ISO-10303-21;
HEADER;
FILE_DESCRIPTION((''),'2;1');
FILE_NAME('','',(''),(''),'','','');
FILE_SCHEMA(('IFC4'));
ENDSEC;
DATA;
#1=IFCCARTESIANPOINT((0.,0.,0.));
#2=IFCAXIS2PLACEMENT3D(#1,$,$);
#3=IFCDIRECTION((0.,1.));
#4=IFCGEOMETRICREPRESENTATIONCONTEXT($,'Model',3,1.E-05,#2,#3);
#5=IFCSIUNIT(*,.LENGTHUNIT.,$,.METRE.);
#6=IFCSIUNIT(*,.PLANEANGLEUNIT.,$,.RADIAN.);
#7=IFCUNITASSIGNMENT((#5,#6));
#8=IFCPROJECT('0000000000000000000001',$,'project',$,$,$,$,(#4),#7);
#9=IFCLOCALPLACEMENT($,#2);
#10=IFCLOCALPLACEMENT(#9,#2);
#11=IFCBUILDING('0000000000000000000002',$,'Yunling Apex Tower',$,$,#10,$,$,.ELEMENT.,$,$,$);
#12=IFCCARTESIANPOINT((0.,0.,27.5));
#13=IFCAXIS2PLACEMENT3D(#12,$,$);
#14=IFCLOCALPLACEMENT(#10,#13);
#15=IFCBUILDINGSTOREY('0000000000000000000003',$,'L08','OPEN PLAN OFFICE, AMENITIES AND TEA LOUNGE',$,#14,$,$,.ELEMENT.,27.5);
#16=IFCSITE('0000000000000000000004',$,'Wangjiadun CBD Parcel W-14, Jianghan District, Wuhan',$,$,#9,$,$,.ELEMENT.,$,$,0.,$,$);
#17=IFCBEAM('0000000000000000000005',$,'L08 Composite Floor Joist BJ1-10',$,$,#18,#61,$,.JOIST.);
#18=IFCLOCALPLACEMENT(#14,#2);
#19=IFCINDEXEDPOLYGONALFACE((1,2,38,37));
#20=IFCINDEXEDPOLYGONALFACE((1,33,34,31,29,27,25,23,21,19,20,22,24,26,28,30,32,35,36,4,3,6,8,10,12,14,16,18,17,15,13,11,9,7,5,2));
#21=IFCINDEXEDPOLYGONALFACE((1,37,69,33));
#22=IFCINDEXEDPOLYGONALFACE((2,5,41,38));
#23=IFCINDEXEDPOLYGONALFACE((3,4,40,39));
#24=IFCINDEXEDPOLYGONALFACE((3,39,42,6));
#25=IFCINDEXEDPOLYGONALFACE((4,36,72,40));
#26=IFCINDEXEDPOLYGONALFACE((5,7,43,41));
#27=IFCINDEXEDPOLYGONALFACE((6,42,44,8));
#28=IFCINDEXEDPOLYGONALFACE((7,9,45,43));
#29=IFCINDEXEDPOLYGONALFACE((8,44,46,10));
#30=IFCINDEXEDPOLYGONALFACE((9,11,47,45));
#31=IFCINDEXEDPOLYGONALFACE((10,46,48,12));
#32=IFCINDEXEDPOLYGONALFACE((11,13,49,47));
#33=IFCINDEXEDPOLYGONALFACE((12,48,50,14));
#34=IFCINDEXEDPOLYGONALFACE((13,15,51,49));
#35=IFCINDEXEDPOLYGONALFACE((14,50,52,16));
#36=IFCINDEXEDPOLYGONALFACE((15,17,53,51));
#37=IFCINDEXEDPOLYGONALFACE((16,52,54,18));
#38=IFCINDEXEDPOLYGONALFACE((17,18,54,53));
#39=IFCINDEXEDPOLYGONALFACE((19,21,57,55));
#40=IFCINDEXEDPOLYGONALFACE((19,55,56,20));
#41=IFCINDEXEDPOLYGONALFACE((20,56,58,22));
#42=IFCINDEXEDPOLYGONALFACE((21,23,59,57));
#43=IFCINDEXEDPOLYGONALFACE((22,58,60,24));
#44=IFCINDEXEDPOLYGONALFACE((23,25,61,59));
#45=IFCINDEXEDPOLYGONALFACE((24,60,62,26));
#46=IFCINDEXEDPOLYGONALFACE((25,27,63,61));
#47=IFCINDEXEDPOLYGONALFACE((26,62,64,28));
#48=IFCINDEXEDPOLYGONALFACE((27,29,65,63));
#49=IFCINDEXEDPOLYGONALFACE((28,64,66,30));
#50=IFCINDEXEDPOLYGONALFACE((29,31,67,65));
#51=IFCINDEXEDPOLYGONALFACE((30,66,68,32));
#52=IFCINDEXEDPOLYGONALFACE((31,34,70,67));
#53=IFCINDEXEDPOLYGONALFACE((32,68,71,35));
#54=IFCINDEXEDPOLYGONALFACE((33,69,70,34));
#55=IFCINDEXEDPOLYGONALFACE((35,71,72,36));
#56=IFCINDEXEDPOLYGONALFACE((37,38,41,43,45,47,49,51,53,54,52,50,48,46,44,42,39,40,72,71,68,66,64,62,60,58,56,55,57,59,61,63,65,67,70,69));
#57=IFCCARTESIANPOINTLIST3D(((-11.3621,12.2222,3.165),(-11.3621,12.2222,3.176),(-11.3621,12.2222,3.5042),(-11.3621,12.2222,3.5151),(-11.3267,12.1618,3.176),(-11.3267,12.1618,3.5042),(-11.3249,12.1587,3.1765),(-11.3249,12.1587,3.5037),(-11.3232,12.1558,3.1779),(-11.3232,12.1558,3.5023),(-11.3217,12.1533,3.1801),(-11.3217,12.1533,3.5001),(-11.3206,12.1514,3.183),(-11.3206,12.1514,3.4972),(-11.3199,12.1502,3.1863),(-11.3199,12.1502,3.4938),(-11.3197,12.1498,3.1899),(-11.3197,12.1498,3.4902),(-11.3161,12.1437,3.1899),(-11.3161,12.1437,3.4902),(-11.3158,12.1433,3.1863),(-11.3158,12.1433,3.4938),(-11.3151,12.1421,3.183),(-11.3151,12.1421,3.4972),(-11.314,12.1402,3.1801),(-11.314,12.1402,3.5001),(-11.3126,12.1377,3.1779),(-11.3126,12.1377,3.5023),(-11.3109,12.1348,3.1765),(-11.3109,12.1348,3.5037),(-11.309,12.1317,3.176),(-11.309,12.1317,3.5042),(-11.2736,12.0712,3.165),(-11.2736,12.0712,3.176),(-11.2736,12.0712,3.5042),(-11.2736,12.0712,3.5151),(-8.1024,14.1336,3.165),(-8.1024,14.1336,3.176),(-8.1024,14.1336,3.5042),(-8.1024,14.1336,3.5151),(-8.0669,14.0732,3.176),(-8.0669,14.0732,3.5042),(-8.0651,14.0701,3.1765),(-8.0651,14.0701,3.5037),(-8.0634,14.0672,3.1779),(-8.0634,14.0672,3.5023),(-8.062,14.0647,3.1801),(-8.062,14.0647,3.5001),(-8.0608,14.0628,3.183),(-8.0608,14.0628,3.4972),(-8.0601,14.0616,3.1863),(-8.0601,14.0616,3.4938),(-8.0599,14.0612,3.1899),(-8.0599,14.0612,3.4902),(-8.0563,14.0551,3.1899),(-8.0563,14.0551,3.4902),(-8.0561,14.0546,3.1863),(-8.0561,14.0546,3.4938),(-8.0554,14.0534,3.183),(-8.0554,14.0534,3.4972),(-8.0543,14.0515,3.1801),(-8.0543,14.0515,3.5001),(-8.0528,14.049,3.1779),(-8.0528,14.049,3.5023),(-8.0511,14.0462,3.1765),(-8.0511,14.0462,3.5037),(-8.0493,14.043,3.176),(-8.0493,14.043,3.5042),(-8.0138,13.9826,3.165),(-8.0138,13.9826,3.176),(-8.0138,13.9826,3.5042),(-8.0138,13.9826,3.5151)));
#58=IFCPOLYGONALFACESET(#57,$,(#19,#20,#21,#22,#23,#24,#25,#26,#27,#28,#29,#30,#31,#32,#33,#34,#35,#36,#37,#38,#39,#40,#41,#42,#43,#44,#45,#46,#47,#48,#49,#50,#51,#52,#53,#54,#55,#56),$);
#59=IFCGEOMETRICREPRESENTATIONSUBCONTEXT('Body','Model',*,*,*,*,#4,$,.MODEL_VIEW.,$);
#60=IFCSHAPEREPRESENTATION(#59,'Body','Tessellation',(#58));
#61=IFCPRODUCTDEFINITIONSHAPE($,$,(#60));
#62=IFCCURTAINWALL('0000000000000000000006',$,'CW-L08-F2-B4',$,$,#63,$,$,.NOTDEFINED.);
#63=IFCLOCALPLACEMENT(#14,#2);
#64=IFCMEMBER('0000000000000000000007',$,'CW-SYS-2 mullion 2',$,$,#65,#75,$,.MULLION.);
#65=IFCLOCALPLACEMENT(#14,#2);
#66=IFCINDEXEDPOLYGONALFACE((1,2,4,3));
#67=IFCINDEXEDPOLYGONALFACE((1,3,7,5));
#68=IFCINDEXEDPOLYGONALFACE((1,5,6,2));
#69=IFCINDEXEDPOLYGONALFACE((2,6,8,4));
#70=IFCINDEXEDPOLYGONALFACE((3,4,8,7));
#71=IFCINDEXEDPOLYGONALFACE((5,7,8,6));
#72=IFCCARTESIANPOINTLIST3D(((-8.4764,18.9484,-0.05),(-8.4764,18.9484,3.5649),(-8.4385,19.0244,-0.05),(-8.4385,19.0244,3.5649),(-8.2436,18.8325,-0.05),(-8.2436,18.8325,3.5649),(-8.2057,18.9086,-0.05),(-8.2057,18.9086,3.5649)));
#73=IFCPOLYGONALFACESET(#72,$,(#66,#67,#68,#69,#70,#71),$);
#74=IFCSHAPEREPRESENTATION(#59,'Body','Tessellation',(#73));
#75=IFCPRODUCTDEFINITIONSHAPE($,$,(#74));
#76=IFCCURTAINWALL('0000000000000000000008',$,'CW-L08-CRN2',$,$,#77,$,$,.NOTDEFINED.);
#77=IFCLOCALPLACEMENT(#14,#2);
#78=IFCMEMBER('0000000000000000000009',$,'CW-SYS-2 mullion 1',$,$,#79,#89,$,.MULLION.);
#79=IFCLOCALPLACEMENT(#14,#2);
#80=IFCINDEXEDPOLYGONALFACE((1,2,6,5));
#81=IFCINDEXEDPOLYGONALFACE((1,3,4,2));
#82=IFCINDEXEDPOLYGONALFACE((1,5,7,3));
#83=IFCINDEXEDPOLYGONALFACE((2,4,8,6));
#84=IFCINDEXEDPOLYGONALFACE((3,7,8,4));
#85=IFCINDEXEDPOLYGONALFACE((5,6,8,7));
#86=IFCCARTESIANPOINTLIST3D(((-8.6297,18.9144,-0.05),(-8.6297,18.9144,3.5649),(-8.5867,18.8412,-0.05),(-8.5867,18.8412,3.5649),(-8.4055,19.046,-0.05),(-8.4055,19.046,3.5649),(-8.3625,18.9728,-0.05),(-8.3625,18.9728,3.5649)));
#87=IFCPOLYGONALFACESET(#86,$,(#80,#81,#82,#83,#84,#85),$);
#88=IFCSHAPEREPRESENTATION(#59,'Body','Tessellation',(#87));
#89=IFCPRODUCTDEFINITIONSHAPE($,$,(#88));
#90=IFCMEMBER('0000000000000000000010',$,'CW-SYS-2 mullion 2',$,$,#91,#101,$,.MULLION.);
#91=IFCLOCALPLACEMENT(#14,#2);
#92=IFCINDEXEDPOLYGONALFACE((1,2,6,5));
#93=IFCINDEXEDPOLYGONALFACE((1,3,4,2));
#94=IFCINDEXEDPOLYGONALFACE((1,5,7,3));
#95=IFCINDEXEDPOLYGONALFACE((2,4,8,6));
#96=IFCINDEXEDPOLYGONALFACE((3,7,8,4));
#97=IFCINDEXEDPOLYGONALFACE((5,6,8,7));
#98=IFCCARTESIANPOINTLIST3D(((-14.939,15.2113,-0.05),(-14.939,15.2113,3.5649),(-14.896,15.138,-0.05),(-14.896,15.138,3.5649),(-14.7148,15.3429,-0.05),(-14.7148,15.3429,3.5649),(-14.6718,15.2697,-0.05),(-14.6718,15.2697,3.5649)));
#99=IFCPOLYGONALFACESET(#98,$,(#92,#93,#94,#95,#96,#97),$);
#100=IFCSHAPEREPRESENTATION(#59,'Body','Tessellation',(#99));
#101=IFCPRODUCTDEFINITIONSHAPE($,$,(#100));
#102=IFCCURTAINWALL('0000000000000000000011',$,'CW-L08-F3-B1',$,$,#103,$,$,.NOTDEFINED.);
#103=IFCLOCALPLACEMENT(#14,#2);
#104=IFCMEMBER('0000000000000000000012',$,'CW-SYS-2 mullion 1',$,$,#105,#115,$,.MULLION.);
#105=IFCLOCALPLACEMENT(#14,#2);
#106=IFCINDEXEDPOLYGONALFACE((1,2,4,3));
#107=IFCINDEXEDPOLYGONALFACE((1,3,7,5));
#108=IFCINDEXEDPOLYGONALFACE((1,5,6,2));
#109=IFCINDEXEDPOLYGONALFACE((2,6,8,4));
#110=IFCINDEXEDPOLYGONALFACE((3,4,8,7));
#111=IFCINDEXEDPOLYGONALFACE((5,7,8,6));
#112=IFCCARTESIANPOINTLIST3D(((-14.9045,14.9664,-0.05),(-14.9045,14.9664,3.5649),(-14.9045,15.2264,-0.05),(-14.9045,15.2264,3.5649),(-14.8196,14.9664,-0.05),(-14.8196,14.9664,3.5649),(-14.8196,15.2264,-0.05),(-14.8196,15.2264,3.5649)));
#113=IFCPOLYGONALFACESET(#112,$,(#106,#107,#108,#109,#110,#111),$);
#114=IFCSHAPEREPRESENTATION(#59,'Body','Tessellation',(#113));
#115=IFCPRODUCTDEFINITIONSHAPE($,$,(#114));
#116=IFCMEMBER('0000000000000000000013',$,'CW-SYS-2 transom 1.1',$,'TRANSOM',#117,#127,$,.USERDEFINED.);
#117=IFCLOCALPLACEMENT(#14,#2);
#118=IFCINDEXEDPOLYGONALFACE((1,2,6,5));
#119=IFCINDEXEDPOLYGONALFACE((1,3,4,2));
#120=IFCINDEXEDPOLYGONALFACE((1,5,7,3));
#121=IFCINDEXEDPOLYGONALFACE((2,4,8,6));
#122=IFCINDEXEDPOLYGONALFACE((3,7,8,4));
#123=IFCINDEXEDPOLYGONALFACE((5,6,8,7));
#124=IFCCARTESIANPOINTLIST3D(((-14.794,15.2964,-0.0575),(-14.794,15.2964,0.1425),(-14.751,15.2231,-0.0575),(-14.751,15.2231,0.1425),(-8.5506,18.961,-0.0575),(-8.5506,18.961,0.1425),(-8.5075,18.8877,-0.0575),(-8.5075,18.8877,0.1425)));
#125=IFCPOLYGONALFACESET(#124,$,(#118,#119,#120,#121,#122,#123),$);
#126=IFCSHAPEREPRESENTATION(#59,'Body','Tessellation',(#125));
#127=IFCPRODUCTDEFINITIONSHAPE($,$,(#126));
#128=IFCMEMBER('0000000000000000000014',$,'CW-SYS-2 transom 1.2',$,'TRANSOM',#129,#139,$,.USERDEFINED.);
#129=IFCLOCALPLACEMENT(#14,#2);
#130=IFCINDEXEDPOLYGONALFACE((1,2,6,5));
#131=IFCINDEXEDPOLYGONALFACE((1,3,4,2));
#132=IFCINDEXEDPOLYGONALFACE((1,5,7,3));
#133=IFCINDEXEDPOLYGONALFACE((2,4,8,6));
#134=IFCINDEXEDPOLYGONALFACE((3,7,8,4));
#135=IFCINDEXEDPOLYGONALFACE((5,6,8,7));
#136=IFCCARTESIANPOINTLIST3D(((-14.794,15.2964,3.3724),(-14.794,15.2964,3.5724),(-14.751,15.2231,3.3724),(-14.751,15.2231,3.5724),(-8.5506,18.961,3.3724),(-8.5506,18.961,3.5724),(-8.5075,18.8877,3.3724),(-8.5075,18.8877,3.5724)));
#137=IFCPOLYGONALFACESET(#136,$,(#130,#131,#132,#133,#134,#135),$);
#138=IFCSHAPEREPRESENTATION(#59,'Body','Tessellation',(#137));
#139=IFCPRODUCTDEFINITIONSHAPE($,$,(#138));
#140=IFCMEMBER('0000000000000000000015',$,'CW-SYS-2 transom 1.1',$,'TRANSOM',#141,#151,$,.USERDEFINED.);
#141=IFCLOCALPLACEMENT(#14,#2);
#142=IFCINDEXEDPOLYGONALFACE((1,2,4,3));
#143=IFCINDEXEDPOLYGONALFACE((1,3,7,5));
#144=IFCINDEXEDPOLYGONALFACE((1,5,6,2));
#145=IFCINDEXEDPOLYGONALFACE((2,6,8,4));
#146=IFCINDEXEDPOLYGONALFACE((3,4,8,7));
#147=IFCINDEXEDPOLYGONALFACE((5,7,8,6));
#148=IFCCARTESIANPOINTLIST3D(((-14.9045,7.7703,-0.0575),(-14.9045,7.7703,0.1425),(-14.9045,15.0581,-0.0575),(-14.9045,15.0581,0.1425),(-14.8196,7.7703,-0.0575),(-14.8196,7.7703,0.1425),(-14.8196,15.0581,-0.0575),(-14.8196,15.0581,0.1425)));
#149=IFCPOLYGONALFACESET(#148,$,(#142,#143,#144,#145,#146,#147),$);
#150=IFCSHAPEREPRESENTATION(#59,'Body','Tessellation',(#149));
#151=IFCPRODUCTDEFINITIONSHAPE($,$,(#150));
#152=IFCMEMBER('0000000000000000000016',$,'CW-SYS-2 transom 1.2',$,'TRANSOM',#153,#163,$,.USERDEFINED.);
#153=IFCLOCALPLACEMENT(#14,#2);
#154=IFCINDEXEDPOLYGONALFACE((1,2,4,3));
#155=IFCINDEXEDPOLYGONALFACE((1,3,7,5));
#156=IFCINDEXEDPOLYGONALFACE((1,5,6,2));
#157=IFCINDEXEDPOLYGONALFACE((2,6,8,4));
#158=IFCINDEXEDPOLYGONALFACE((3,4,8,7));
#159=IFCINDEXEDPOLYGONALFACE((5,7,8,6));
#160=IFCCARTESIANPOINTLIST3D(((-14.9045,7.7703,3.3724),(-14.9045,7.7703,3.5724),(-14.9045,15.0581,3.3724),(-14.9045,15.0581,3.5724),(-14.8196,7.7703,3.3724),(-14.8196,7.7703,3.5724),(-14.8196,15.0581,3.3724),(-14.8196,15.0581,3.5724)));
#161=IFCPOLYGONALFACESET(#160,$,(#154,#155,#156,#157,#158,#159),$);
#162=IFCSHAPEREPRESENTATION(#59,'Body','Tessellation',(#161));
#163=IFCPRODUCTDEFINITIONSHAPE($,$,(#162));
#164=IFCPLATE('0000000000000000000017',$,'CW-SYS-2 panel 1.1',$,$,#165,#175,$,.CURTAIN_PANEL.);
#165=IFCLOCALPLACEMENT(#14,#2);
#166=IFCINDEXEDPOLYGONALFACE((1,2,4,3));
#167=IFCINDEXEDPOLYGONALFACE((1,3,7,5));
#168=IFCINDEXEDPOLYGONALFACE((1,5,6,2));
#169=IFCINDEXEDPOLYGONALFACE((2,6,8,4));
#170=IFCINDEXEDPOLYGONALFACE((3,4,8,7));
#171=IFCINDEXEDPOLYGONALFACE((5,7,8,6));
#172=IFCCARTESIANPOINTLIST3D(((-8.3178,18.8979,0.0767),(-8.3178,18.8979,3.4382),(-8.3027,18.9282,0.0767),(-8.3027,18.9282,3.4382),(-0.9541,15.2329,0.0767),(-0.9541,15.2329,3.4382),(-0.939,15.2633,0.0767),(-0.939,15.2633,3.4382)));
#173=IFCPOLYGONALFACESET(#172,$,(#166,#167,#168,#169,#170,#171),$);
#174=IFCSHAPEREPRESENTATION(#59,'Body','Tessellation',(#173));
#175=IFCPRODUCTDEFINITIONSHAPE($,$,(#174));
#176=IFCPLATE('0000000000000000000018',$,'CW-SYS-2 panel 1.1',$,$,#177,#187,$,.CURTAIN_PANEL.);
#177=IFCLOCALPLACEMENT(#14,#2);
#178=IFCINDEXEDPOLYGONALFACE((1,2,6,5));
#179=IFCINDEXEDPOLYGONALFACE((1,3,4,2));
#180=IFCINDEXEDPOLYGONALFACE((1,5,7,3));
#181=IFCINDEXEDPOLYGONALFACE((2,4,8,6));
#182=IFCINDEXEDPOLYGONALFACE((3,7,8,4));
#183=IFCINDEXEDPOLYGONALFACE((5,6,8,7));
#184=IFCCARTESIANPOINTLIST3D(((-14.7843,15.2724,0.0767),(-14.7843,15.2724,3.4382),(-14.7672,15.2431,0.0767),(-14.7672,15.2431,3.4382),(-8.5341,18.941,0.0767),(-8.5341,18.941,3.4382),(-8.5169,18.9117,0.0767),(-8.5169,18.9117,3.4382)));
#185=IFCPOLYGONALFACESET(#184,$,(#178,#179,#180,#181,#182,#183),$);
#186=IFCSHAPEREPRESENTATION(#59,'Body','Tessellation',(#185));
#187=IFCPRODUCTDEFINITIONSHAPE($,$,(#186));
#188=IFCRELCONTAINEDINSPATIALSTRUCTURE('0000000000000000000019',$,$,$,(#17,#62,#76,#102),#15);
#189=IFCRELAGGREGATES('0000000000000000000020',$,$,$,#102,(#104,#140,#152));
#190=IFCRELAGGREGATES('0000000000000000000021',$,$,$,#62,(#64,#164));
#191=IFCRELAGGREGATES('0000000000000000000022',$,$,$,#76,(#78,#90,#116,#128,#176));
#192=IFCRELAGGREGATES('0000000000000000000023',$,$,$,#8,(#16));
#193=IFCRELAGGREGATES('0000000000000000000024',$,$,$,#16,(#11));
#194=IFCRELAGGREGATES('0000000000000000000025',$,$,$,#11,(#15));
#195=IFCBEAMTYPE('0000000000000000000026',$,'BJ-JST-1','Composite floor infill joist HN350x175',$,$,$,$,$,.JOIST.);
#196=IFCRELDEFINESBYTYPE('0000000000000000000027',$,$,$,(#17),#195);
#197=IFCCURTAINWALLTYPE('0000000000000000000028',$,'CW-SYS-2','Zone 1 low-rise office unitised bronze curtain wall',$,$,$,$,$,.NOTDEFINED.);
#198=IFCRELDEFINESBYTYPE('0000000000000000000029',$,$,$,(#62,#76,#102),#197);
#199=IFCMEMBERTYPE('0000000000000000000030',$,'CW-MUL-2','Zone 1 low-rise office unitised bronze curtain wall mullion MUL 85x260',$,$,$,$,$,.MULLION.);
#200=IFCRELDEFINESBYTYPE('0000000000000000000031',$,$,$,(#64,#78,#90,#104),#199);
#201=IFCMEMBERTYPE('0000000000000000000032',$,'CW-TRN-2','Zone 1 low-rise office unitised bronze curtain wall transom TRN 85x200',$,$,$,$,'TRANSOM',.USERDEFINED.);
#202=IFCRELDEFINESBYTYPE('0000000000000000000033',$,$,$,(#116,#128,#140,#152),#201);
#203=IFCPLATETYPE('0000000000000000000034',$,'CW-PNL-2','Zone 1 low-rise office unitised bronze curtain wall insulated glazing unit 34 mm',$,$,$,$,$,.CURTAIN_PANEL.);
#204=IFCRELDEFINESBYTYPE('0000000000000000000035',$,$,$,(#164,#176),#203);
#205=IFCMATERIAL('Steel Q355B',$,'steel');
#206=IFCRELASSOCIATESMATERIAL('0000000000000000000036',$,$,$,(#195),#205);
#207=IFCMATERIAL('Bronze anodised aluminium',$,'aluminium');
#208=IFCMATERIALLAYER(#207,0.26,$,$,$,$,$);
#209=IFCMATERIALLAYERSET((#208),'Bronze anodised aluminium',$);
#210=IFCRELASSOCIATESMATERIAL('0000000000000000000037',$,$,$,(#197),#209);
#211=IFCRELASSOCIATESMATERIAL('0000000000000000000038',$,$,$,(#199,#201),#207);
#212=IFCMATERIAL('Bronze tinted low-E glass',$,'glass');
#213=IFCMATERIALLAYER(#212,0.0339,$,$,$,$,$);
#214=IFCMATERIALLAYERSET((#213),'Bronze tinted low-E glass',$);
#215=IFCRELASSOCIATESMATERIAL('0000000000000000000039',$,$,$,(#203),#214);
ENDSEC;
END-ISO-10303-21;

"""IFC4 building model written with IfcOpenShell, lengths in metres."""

from ifc_helpers import new_model, si_unit, direction, frame, origin, origin_2d, place, context, subcontext, project, spatial, rectangle, i_section, extrude, source, transform, mapped, material, layer, layer_set, material_profile, profile_set, type_object, element, aggregate, save


model = new_model("IFC4")

# Units and contexts
model_context = context("Model", 3, precision=1e-05, world=origin(), true_north=direction((0.0, 1.0)))
body_context = subcontext(model_context, "Body", "Model", "MODEL_VIEW")
ifc_project = project(units=[si_unit("LENGTHUNIT", "METRE"), si_unit("PLANEANGLEUNIT", "RADIAN")], contexts=[model_context])

# Site, building, storey
site_placement = place(None, origin())
site = spatial("IfcSite", under=ifc_project, at=site_placement, Name="Wangjiadun CBD Parcel W-14, Jianghan District, Wuhan", CompositionType="ELEMENT", RefElevation=0.0)
building_placement = place(site_placement, origin())
building = spatial("IfcBuilding", under=site, at=building_placement, Name="Yunling Apex Tower", CompositionType="ELEMENT")
storey_placement = place(building_placement, frame((0.0, 0.0, 27.5)))
storey = spatial("IfcBuildingStorey", under=building, at=storey_placement, Name="L08", Description="OPEN PLAN OFFICE, AMENITIES AND TEA LOUNGE", CompositionType="ELEMENT", Elevation=27.5)

# Beam
ifc_material_1 = material(Name="Steel Q355B", Category="steel")
ifc_material_profile_1 = material_profile(ifc_material_1, i_section(OverallWidth=0.175, OverallDepth=0.3501, WebThickness=0.0071, FlangeThickness=0.011, FilletRadius=0.0139, at=origin_2d()))
ifc_profile_set_1 = profile_set([ifc_material_profile_1], Name="Steel Q355B")
beam_type_1 = type_object("IfcBeamType", Name="BJ-JST-1", Description="Composite floor infill joist HN350x175", PredefinedType="JOIST", material=ifc_profile_set_1)
shared_shape_1 = source(origin(), body_context, "Body", "SweptSolid", [
    extrude(i_section(OverallWidth=0.175, OverallDepth=0.3501, WebThickness=0.0071, FlangeThickness=0.011, FilletRadius=0.0139, at=origin_2d()), origin(), (0.0, 0.0, 1.0), 3.7788),
])
beam_1_placement = place(storey_placement, frame((-8.0581, 14.0581, 3.3401), z_axis=(-0.862643, -0.505814, 0.0), x_axis=(0.505814, -0.862643, 0.0)))
element("IfcBeam", 1, at=beam_1_placement, inside=storey, type_object=beam_type_1, Name="L08 Composite Floor Joist BJ1-10", PredefinedType="JOIST", context=body_context, shape_type="MappedRepresentation", body=[
    mapped(shared_shape_1, transform((0.0, 0.0, 0.0), scale=1.0)),
])

# Curtain wall, member
ifc_material_2 = material(Name="Bronze anodised aluminium", Category="aluminium")
ifc_layer_1 = layer(ifc_material_2, 0.26)
ifc_layer_set_1 = layer_set([ifc_layer_1], Name="Bronze anodised aluminium")
curtain_wall_type = type_object("IfcCurtainWallType", Name="CW-SYS-2", Description="Zone 1 low-rise office unitised bronze curtain wall", PredefinedType="NOTDEFINED", material=ifc_layer_set_1)
curtain_wall_1_placement = place(storey_placement, origin())
curtain_wall_1 = element("IfcCurtainWall", 2, at=curtain_wall_1_placement, inside=storey, type_object=curtain_wall_type, Name="CW-L08-F2-B4", PredefinedType="NOTDEFINED")
ifc_material_profile_2 = material_profile(ifc_material_2, rectangle(XDim=0.085, YDim=0.26, at=origin_2d()))
ifc_profile_set_2 = profile_set([ifc_material_profile_2], Name="Bronze anodised aluminium")
member_type_1 = type_object("IfcMemberType", Name="CW-MUL-2", Description="Zone 1 low-rise office unitised bronze curtain wall mullion MUL 85x260", PredefinedType="MULLION", material=ifc_profile_set_2)
shared_shape_2 = source(origin(), body_context, "Body", "SweptSolid", [
    extrude(rectangle(XDim=0.085, YDim=0.26, at=origin_2d()), origin(), (0.0, 0.0, 1.0), 3.615),
])
member_1_placement = place(storey_placement, frame((-8.3411, 18.9285, -0.05), z_axis=(0.0, 0.0, 1.0), x_axis=(-0.445571, -0.895247, 0.0)))
member_1 = element("IfcMember", 3, at=member_1_placement, type_object=member_type_1, Name="CW-SYS-2 mullion 2", PredefinedType="MULLION", context=body_context, shape_type="MappedRepresentation", body=[
    mapped(shared_shape_2, transform((0.0, 0.0, 0.0), scale=1.0)),
])

# Curtain wall, members
curtain_wall_2_placement = place(storey_placement, origin())
curtain_wall_2 = element("IfcCurtainWall", 4, at=curtain_wall_2_placement, inside=storey, type_object=curtain_wall_type, Name="CW-L08-CRN2", PredefinedType="NOTDEFINED")
member_2_placement = place(storey_placement, frame((-8.4961, 18.9436, -0.05), z_axis=(0.0, 0.0, 1.0), x_axis=(0.506196, -0.862419, 0.0)))
member_2 = element("IfcMember", 5, at=member_2_placement, type_object=member_type_1, Name="CW-SYS-2 mullion 1", PredefinedType="MULLION", context=body_context, shape_type="MappedRepresentation", body=[
    mapped(shared_shape_2, transform((0.0, 0.0, 0.0), scale=1.0)),
])
member_3_placement = place(storey_placement, frame((-14.8054, 15.2405, -0.05), z_axis=(0.0, 0.0, 1.0), x_axis=(0.506196, -0.862419, 0.0)))
member_3 = element("IfcMember", 6, at=member_3_placement, type_object=member_type_1, Name="CW-SYS-2 mullion 2", PredefinedType="MULLION", context=body_context, shape_type="MappedRepresentation", body=[
    mapped(shared_shape_2, transform((0.0, 0.0, 0.0), scale=1.0)),
])

# Curtain wall, member
curtain_wall_3_placement = place(storey_placement, origin())
curtain_wall_3 = element("IfcCurtainWall", 7, at=curtain_wall_3_placement, inside=storey, type_object=curtain_wall_type, Name="CW-L08-F3-B1", PredefinedType="NOTDEFINED")
member_4_placement = place(storey_placement, frame((-14.8621, 15.0964, -0.05), z_axis=(0.0, 0.0, 1.0), x_axis=(1.0, 0.0, 0.0)))
member_4 = element("IfcMember", 8, at=member_4_placement, type_object=member_type_1, Name="CW-SYS-2 mullion 1", PredefinedType="MULLION", context=body_context, shape_type="MappedRepresentation", body=[
    mapped(shared_shape_2, transform((0.0, 0.0, 0.0), scale=1.0)),
])

# Members
ifc_material_profile_3 = material_profile(ifc_material_2, rectangle(XDim=0.085, YDim=0.2, at=origin_2d()))
ifc_profile_set_3 = profile_set([ifc_material_profile_3], Name="Bronze anodised aluminium")
member_type_2 = type_object("IfcMemberType", Name="CW-TRN-2", Description="Zone 1 low-rise office unitised bronze curtain wall transom TRN 85x200", ElementType="TRANSOM", PredefinedType="USERDEFINED", material=ifc_profile_set_3)
shared_shape_3 = source(origin(), body_context, "Body", "SweptSolid", [
    extrude(rectangle(XDim=0.085, YDim=0.2, at=origin_2d()), origin(), (0.0, 0.0, 1.0), 7.2395),
])
member_5_placement = place(storey_placement, frame((-8.5291, 18.9243, 0.0425), z_axis=(-0.862419, -0.506195, 0.0), x_axis=(0.506195, -0.862419, 0.0)))
member_5 = element("IfcMember", 9, at=member_5_placement, type_object=member_type_2, Name="CW-SYS-2 transom 1.1", ObjectType="TRANSOM", PredefinedType="USERDEFINED", context=body_context, shape_type="MappedRepresentation", body=[
    mapped(shared_shape_3, transform((0.0, 0.0, 0.0), scale=1.0)),
])
member_6_placement = place(storey_placement, frame((-8.5291, 18.9243, 3.4724), z_axis=(-0.862419, -0.506195, 0.0), x_axis=(0.506195, -0.862419, 0.0)))
member_6 = element("IfcMember", 10, at=member_6_placement, type_object=member_type_2, Name="CW-SYS-2 transom 1.2", ObjectType="TRANSOM", PredefinedType="USERDEFINED", context=body_context, shape_type="MappedRepresentation", body=[
    mapped(shared_shape_3, transform((0.0, 0.0, 0.0), scale=1.0)),
])
shared_shape_4 = source(origin(), body_context, "Body", "SweptSolid", [
    extrude(rectangle(XDim=0.085, YDim=0.2, at=origin_2d()), origin(), (0.0, 0.0, 1.0), 7.2878),
])
member_7_placement = place(storey_placement, frame((-14.8621, 15.0581, 0.0425), z_axis=(0.0, -1.0, 0.0), x_axis=(1.0, 0.0, 0.0)))
member_7 = element("IfcMember", 11, at=member_7_placement, type_object=member_type_2, Name="CW-SYS-2 transom 1.1", ObjectType="TRANSOM", PredefinedType="USERDEFINED", context=body_context, shape_type="MappedRepresentation", body=[
    mapped(shared_shape_4, transform((0.0, 0.0, 0.0), scale=1.0)),
])
member_8_placement = place(storey_placement, frame((-14.8621, 15.0581, 3.4724), z_axis=(0.0, -1.0, 0.0), x_axis=(1.0, 0.0, 0.0)))
member_8 = element("IfcMember", 12, at=member_8_placement, type_object=member_type_2, Name="CW-SYS-2 transom 1.2", ObjectType="TRANSOM", PredefinedType="USERDEFINED", context=body_context, shape_type="MappedRepresentation", body=[
    mapped(shared_shape_4, transform((0.0, 0.0, 0.0), scale=1.0)),
])
aggregate(curtain_wall_3, [member_4, member_7, member_8])

# Plates
ifc_material_3 = material(Name="Bronze tinted low-E glass", Category="glass")
ifc_layer_2 = layer(ifc_material_3, 0.0339)
ifc_layer_set_2 = layer_set([ifc_layer_2], Name="Bronze tinted low-E glass")
plate_type = type_object("IfcPlateType", Name="CW-PNL-2", Description="Zone 1 low-rise office unitised bronze curtain wall insulated glazing unit 34 mm", PredefinedType="CURTAIN_PANEL", material=ifc_layer_set_2)
shared_shape_5 = source(origin(), body_context, "Body", "SweptSolid", [
    extrude(rectangle(XDim=8.2253, YDim=0.0339, at=origin_2d()), origin(), (0.0, 0.0, 1.0), 3.3616),
])
plate_1_placement = place(storey_placement, frame((-4.6284, 17.0806, 0.0767), z_axis=(0.0, 0.0, 1.0), x_axis=(-0.895247, 0.445571, 0.0)))
plate_1 = element("IfcPlate", 13, at=plate_1_placement, type_object=plate_type, Name="CW-SYS-2 panel 1.1", PredefinedType="CURTAIN_PANEL", context=body_context, shape_type="MappedRepresentation", body=[
    mapped(shared_shape_5, transform((0.0, 0.0, 0.0), scale=1.0)),
])
aggregate(curtain_wall_1, [member_1, plate_1])
shared_shape_6 = source(origin(), body_context, "Body", "SweptSolid", [
    extrude(rectangle(XDim=7.2473, YDim=0.0339, at=origin_2d()), origin(), (0.0, 0.0, 1.0), 3.3616),
])
plate_2_placement = place(storey_placement, frame((-11.6506, 17.092, 0.0767), z_axis=(0.0, 0.0, 1.0), x_axis=(-0.862419, -0.506196, 0.0)))
plate_2 = element("IfcPlate", 14, at=plate_2_placement, type_object=plate_type, Name="CW-SYS-2 panel 1.1", PredefinedType="CURTAIN_PANEL", context=body_context, shape_type="MappedRepresentation", body=[
    mapped(shared_shape_6, transform((0.0, 0.0, 0.0), scale=1.0)),
])
aggregate(curtain_wall_2, [member_2, member_3, member_5, member_6, plate_2])

save(model, "model.ifc")
